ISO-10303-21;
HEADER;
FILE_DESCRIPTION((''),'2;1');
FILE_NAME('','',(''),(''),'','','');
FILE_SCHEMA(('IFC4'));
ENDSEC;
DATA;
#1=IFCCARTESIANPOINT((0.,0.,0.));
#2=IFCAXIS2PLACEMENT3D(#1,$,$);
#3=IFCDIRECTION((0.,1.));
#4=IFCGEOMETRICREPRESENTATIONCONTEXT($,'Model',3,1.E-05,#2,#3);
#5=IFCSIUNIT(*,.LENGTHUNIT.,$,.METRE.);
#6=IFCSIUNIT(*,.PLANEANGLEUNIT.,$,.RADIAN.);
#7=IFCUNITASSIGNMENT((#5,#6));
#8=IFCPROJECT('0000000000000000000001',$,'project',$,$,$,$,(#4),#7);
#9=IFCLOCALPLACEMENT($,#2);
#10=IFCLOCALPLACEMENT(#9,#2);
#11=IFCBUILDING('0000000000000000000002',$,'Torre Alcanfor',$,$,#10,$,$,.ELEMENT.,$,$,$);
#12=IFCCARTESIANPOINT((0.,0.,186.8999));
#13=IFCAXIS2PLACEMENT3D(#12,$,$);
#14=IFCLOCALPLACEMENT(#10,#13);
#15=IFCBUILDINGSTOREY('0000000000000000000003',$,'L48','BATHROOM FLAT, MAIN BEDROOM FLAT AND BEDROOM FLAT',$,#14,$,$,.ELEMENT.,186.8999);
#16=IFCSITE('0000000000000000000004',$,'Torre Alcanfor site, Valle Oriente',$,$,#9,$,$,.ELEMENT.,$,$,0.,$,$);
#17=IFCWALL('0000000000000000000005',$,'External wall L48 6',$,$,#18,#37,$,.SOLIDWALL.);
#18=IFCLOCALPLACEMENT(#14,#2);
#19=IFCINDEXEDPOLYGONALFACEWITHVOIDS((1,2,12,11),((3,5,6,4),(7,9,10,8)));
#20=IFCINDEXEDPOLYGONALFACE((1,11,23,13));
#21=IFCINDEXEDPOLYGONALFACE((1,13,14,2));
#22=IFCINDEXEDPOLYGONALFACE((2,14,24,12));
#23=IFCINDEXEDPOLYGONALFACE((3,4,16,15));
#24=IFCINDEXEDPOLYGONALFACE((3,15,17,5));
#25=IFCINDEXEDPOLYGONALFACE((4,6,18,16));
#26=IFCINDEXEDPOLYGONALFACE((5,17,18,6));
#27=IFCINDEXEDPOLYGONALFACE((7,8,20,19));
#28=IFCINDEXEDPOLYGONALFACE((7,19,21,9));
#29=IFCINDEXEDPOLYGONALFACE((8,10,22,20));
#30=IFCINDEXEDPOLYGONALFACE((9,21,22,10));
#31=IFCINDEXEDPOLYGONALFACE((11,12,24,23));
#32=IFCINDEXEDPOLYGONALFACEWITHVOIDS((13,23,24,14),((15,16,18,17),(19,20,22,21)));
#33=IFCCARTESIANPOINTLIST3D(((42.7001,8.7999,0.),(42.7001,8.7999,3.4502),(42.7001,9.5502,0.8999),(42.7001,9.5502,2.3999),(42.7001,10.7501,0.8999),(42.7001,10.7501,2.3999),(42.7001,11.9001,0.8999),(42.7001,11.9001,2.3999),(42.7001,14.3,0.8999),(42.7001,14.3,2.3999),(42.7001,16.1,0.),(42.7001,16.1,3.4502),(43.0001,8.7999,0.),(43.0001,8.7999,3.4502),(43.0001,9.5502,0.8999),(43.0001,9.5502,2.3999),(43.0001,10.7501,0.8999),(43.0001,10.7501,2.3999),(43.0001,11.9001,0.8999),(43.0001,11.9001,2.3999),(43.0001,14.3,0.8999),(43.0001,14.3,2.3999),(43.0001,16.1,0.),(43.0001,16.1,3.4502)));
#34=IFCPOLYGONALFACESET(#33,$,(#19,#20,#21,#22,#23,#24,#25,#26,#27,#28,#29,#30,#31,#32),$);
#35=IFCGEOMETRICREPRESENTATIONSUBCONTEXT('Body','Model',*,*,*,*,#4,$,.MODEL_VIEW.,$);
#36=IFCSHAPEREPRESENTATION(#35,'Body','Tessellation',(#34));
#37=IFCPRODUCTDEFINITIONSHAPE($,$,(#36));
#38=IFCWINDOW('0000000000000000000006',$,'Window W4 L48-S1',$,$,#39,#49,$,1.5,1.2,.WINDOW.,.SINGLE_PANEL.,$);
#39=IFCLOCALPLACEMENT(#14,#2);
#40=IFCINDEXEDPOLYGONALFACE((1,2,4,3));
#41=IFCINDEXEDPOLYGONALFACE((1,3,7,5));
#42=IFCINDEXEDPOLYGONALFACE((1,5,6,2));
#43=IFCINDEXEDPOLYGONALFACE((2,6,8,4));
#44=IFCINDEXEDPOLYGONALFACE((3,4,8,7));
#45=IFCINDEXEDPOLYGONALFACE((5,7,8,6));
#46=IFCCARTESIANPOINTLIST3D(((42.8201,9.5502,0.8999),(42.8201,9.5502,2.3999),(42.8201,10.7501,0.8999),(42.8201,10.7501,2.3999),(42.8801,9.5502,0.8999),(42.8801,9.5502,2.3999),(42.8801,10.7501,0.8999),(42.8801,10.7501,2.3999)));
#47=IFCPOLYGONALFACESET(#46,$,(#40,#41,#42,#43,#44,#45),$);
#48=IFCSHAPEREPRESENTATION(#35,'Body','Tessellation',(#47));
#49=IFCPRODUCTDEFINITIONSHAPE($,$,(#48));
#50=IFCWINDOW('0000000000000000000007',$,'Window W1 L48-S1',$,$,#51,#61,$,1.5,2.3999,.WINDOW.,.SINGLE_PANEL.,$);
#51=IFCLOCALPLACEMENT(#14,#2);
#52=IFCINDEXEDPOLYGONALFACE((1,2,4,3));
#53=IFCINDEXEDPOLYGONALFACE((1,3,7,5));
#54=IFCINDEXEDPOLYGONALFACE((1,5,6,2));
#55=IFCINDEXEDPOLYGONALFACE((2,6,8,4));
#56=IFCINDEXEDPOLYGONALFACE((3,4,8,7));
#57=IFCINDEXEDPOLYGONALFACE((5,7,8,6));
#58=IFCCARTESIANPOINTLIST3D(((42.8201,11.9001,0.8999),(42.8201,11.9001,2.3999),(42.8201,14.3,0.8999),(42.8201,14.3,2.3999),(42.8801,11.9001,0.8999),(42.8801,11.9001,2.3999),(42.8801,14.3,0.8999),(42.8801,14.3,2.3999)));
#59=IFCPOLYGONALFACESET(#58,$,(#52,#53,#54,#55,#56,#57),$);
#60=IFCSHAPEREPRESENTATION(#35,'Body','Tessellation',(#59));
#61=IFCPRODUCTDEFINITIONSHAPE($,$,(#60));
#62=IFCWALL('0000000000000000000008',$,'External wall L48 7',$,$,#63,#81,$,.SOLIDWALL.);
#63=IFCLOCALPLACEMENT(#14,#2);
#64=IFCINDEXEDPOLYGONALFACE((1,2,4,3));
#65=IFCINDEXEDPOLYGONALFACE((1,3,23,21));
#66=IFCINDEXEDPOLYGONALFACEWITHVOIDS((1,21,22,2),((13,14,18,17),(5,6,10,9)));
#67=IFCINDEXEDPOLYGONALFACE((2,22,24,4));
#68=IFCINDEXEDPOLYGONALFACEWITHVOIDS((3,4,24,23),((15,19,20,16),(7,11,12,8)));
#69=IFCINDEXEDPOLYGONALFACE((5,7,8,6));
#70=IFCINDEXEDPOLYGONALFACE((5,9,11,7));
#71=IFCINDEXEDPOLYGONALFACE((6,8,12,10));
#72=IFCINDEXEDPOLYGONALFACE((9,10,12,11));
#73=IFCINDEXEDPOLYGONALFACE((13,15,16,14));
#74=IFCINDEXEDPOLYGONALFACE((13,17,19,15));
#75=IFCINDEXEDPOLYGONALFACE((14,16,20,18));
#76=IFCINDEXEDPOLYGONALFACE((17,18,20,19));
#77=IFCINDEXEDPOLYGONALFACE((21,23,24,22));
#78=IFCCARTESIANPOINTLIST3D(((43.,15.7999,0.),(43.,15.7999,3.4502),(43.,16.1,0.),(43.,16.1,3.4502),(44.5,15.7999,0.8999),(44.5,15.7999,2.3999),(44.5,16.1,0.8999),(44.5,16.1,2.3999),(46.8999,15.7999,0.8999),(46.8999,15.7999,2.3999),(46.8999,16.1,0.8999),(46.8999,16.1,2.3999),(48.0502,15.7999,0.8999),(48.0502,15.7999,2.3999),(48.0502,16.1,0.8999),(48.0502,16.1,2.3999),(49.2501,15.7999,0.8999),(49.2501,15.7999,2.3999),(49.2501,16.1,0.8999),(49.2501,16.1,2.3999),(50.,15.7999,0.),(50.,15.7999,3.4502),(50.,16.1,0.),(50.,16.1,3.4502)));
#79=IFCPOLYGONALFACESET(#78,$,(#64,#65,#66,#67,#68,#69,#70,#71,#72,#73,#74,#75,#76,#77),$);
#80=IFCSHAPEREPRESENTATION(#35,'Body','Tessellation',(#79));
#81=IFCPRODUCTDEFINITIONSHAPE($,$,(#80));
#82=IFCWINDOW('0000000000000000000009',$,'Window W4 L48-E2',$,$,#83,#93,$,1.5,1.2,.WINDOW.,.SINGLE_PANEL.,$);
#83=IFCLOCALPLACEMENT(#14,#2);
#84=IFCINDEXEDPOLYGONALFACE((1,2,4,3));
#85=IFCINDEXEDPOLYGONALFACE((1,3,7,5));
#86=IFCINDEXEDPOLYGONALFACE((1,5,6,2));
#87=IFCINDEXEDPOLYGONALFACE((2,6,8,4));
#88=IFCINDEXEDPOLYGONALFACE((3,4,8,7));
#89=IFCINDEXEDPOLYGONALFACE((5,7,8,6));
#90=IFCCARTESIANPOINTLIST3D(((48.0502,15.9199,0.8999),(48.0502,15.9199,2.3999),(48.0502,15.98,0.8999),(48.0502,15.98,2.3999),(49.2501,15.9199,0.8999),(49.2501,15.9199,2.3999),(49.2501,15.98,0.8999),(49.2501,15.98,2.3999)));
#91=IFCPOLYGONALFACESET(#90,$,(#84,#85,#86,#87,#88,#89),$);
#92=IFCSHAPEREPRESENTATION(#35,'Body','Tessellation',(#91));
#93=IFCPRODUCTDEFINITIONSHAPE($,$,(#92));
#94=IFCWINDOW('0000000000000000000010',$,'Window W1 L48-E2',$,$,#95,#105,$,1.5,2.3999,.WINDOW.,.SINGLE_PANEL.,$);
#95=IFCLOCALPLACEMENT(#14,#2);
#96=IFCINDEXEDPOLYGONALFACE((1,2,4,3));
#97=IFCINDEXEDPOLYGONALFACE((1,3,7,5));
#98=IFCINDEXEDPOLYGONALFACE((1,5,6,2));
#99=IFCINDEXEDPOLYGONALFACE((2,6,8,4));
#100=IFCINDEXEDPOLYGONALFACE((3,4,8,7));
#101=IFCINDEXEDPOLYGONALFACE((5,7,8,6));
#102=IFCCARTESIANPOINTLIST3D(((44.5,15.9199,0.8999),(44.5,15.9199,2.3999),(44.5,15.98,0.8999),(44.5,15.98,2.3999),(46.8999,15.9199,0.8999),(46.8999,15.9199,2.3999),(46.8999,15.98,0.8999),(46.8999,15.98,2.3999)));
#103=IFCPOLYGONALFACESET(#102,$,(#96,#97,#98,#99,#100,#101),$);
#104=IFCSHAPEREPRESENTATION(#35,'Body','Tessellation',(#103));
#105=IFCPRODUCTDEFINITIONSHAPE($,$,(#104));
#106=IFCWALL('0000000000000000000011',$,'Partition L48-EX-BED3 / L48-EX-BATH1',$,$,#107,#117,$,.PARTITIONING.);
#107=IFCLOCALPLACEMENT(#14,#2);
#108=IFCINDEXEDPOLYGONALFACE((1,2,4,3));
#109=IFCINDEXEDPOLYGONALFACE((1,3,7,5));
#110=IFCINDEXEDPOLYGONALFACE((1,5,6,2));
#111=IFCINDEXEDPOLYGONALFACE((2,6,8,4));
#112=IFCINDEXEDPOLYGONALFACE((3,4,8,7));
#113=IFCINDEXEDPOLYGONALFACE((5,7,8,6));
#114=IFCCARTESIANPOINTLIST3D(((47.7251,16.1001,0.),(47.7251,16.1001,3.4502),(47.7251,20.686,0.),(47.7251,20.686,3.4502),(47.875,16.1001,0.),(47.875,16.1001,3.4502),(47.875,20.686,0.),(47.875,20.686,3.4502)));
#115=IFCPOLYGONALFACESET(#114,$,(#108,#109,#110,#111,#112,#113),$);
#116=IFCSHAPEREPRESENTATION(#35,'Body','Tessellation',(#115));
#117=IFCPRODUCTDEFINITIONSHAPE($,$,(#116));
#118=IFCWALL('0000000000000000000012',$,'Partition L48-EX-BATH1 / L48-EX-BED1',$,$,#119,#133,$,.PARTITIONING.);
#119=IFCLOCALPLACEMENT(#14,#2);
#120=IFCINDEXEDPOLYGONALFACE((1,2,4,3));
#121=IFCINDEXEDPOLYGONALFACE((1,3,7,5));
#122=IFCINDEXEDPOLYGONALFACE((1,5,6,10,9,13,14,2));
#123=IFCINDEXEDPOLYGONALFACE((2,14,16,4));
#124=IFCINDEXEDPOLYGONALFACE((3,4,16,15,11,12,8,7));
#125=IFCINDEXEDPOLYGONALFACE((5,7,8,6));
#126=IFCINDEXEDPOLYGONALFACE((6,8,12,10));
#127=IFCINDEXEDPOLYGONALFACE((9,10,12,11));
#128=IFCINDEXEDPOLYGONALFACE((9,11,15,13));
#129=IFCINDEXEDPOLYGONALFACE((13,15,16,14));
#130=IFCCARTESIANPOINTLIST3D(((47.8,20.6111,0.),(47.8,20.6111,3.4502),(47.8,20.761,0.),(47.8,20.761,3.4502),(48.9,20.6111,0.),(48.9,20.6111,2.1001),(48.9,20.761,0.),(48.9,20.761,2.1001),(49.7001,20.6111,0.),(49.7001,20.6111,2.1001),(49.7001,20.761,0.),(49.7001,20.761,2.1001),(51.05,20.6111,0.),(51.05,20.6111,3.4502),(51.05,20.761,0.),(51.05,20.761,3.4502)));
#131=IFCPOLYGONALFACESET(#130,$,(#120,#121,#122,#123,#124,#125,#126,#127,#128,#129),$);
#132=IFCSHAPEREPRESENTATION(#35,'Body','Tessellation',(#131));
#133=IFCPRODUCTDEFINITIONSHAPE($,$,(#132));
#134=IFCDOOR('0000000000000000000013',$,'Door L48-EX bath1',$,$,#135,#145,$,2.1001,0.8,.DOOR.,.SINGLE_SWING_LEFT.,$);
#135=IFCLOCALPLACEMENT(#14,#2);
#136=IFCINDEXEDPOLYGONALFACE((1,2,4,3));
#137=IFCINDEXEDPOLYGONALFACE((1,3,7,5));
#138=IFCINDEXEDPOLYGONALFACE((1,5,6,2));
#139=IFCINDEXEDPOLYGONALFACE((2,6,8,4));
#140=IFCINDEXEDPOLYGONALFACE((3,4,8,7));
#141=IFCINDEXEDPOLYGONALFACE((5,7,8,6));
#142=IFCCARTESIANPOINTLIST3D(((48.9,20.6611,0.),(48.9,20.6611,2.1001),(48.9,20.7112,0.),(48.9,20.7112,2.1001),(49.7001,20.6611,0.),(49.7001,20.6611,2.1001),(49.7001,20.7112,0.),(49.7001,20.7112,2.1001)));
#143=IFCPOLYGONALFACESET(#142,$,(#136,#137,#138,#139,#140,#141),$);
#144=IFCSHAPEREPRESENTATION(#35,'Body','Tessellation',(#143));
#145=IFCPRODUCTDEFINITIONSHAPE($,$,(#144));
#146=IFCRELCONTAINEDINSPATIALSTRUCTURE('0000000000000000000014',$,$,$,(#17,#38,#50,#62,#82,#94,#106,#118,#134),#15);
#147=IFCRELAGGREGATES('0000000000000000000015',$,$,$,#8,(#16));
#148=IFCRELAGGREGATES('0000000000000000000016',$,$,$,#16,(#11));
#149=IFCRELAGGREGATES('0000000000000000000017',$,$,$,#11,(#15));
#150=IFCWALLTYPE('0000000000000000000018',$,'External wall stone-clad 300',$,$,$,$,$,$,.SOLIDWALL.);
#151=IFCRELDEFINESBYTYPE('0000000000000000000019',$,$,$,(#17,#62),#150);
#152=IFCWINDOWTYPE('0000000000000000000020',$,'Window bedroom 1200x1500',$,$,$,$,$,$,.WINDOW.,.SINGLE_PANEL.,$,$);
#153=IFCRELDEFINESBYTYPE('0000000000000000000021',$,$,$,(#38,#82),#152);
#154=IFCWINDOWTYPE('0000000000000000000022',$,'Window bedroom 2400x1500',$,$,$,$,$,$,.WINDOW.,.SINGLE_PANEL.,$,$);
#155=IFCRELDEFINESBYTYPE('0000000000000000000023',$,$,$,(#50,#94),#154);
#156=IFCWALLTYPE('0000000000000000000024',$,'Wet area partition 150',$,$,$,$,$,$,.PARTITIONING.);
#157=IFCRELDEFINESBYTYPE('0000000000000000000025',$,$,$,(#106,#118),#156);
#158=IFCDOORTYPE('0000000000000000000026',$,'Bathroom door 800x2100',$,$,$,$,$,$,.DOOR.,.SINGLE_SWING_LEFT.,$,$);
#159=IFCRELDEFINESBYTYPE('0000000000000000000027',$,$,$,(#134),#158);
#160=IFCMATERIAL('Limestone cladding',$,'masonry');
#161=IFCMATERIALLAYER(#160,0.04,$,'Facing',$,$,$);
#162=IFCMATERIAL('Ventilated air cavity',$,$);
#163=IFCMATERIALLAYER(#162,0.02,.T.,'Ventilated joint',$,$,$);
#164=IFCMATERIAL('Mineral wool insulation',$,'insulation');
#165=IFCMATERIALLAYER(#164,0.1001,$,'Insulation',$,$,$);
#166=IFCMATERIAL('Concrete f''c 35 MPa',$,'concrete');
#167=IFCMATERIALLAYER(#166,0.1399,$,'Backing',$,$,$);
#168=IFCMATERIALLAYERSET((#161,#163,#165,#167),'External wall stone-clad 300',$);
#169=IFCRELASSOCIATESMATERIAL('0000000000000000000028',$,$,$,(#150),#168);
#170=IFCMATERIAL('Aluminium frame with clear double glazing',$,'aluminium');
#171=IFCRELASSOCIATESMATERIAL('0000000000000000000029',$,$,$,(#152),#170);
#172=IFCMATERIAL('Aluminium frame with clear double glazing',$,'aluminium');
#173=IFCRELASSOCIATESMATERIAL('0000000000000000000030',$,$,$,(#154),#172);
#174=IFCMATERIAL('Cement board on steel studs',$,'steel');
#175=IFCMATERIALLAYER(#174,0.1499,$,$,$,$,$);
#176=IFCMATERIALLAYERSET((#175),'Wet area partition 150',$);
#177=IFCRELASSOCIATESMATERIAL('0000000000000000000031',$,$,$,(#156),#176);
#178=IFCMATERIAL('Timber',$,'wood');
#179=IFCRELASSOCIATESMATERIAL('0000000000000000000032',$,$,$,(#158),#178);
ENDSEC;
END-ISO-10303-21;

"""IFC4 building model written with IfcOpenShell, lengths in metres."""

from ifc_helpers import new_model, si_unit, direction, frame, frame_2d, origin, place, context, subcontext, project, spatial, rectangle, extrude, material, layer, layer_set, type_object, element, fill, save


model = new_model("IFC4")

# Units and contexts
model_context = context("Model", 3, precision=1e-05, world=origin(), true_north=direction((0.0, 1.0)))
body_context = subcontext(model_context, "Body", "Model", "MODEL_VIEW")
ifc_project = project(units=[si_unit("LENGTHUNIT", "METRE"), si_unit("PLANEANGLEUNIT", "RADIAN")], contexts=[model_context])

# Site, building, storey
site_placement = place(None, origin())
site = spatial("IfcSite", under=ifc_project, at=site_placement, Name="Torre Alcanfor site, Valle Oriente", CompositionType="ELEMENT", RefElevation=0.0)
building_placement = place(site_placement, origin())
building = spatial("IfcBuilding", under=site, at=building_placement, Name="Torre Alcanfor", CompositionType="ELEMENT")
storey_placement = place(building_placement, frame((0.0, 0.0, 186.8999)))
storey = spatial("IfcBuildingStorey", under=building, at=storey_placement, Name="L48", Description="BATHROOM FLAT, MAIN BEDROOM FLAT AND BEDROOM FLAT", CompositionType="ELEMENT", Elevation=186.8999)

# Walls, openings, windows
ifc_material_1 = material(Name="Limestone cladding", Category="masonry")
ifc_layer_1 = layer(ifc_material_1, 0.04, Name="Facing")
ifc_material_2 = material(Name="Ventilated air cavity")
ifc_layer_2 = layer(ifc_material_2, 0.02, ventilated=True, Name="Ventilated joint")
ifc_material_3 = material(Name="Mineral wool insulation", Category="insulation")
ifc_layer_3 = layer(ifc_material_3, 0.1001, Name="Insulation")
ifc_material_4 = material(Name="Concrete f'c 35 MPa", Category="concrete")
ifc_layer_4 = layer(ifc_material_4, 0.1399, Name="Backing")
ifc_layer_set_1 = layer_set([ifc_layer_1, ifc_layer_2, ifc_layer_3, ifc_layer_4], Name="External wall stone-clad 300")
wall_type_1 = type_object("IfcWallType", Name="External wall stone-clad 300", PredefinedType="SOLIDWALL", material=ifc_layer_set_1)
wall_1_placement = place(storey_placement, frame((42.8501, 8.8, 0.0), z_axis=(0.0, 0.0, 1.0), x_axis=(0.0, 1.0, 0.0)))
wall_1 = element("IfcWall", 1, at=wall_1_placement, inside=storey, type_object=wall_type_1, Name="External wall L48 6", PredefinedType="SOLIDWALL", context=body_context, shape_type="SweptSolid", body=[
    extrude(rectangle(XDim=7.3, YDim=0.3, at=frame_2d((3.6499, 0.0))), origin(), (0.0, 0.0, 1.0), 3.4502),
])
opening_1_placement = place(wall_1_placement, frame((3.1001, 0.0, 0.8999)))
opening_1 = element("IfcOpeningElement", 2, at=opening_1_placement, cuts=wall_1, PredefinedType="OPENING", context=body_context, shape_type="SweptSolid", body=[
    extrude(rectangle(XDim=2.3999, YDim=1.5, at=frame_2d((1.2, 0.75))), frame((0.0, 0.1599, 0.0), z_axis=(0.0, -1.0, 0.0), x_axis=(1.0, 0.0, 0.0)), (0.0, 0.0, 1.0), 0.3201),
])
opening_2_placement = place(wall_1_placement, frame((0.75, 0.0, 0.8999)))
opening_2 = element("IfcOpeningElement", 3, at=opening_2_placement, cuts=wall_1, PredefinedType="OPENING", context=body_context, shape_type="SweptSolid", body=[
    extrude(rectangle(XDim=1.2, YDim=1.5, at=frame_2d((0.6001, 0.75))), frame((0.0, 0.1599, 0.0), z_axis=(0.0, -1.0, 0.0), x_axis=(1.0, 0.0, 0.0)), (0.0, 0.0, 1.0), 0.3201),
])
ifc_material_5 = material(Name="Aluminium frame with clear double glazing", Category="aluminium")
window_type_1 = type_object("IfcWindowType", Name="Window bedroom 1200x1500", PartitioningType="SINGLE_PANEL", PredefinedType="WINDOW", material=ifc_material_5)
window_1_placement = place(opening_2_placement, origin())
window_1 = element("IfcWindow", 4, at=window_1_placement, inside=storey, type_object=window_type_1, Name="Window W4 L48-S1", OverallHeight=1.5, OverallWidth=1.2, PartitioningType="SINGLE_PANEL", PredefinedType="WINDOW", context=body_context, shape_type="SweptSolid", body=[
    extrude(rectangle(XDim=1.2, YDim=1.5, at=frame_2d((0.6001, 0.75))), frame((0.0, 0.03, 0.0), z_axis=(0.0, -1.0, 0.0), x_axis=(1.0, 0.0, 0.0)), (0.0, 0.0, 1.0), 0.0601),
])
fill(opening_2, window_1)
ifc_material_6 = material(Name="Aluminium frame with clear double glazing", Category="aluminium")
window_type_2 = type_object("IfcWindowType", Name="Window bedroom 2400x1500", PartitioningType="SINGLE_PANEL", PredefinedType="WINDOW", material=ifc_material_6)
window_2_placement = place(opening_1_placement, origin())
window_2 = element("IfcWindow", 5, at=window_2_placement, inside=storey, type_object=window_type_2, Name="Window W1 L48-S1", OverallHeight=1.5, OverallWidth=2.3999, PartitioningType="SINGLE_PANEL", PredefinedType="WINDOW", context=body_context, shape_type="SweptSolid", body=[
    extrude(rectangle(XDim=2.3999, YDim=1.5, at=frame_2d((1.2, 0.75))), frame((0.0, 0.03, 0.0), z_axis=(0.0, -1.0, 0.0), x_axis=(1.0, 0.0, 0.0)), (0.0, 0.0, 1.0), 0.0601),
])
fill(opening_1, window_2)
wall_2_placement = place(storey_placement, frame((43.0, 15.95, 0.0), z_axis=(0.0, 0.0, 1.0), x_axis=(1.0, 0.0, 0.0)))
wall_2 = element("IfcWall", 6, at=wall_2_placement, inside=storey, type_object=wall_type_1, Name="External wall L48 7", PredefinedType="SOLIDWALL", context=body_context, shape_type="SweptSolid", body=[
    extrude(rectangle(XDim=7.0, YDim=0.3, at=frame_2d((3.5, 0.0))), origin(), (0.0, 0.0, 1.0), 3.4502),
])
opening_3_placement = place(wall_2_placement, frame((1.5, 0.0, 0.8999)))
opening_3 = element("IfcOpeningElement", 7, at=opening_3_placement, cuts=wall_2, PredefinedType="OPENING", context=body_context, shape_type="SweptSolid", body=[
    extrude(rectangle(XDim=2.3999, YDim=1.5, at=frame_2d((1.2, 0.75))), frame((0.0, 0.1599, 0.0), z_axis=(0.0, -1.0, 0.0), x_axis=(1.0, 0.0, 0.0)), (0.0, 0.0, 1.0), 0.3201),
])
opening_4_placement = place(wall_2_placement, frame((5.05, 0.0, 0.8999)))
opening_4 = element("IfcOpeningElement", 8, at=opening_4_placement, cuts=wall_2, PredefinedType="OPENING", context=body_context, shape_type="SweptSolid", body=[
    extrude(rectangle(XDim=1.2, YDim=1.5, at=frame_2d((0.6001, 0.75))), frame((0.0, 0.1599, 0.0), z_axis=(0.0, -1.0, 0.0), x_axis=(1.0, 0.0, 0.0)), (0.0, 0.0, 1.0), 0.3201),
])
window_3_placement = place(opening_4_placement, origin())
window_3 = element("IfcWindow", 9, at=window_3_placement, inside=storey, type_object=window_type_1, Name="Window W4 L48-E2", OverallHeight=1.5, OverallWidth=1.2, PartitioningType="SINGLE_PANEL", PredefinedType="WINDOW", context=body_context, shape_type="SweptSolid", body=[
    extrude(rectangle(XDim=1.2, YDim=1.5, at=frame_2d((0.6001, 0.75))), frame((0.0, 0.03, 0.0), z_axis=(0.0, -1.0, 0.0), x_axis=(1.0, 0.0, 0.0)), (0.0, 0.0, 1.0), 0.0601),
])
fill(opening_4, window_3)
window_4_placement = place(opening_3_placement, origin())
window_4 = element("IfcWindow", 10, at=window_4_placement, inside=storey, type_object=window_type_2, Name="Window W1 L48-E2", OverallHeight=1.5, OverallWidth=2.3999, PartitioningType="SINGLE_PANEL", PredefinedType="WINDOW", context=body_context, shape_type="SweptSolid", body=[
    extrude(rectangle(XDim=2.3999, YDim=1.5, at=frame_2d((1.2, 0.75))), frame((0.0, 0.03, 0.0), z_axis=(0.0, -1.0, 0.0), x_axis=(1.0, 0.0, 0.0)), (0.0, 0.0, 1.0), 0.0601),
])
fill(opening_3, window_4)

# Wall
ifc_material_7 = material(Name="Cement board on steel studs", Category="steel")
ifc_layer_5 = layer(ifc_material_7, 0.1499)
ifc_layer_set_2 = layer_set([ifc_layer_5], Name="Wet area partition 150")
wall_type_2 = type_object("IfcWallType", Name="Wet area partition 150", PredefinedType="PARTITIONING", material=ifc_layer_set_2)
wall_3_placement = place(storey_placement, frame((47.8, 16.1001, 0.0), z_axis=(0.0, 0.0, 1.0), x_axis=(0.0, 1.0, 0.0)))
element("IfcWall", 11, at=wall_3_placement, inside=storey, type_object=wall_type_2, Name="Partition L48-EX-BED3 / L48-EX-BATH1", PredefinedType="PARTITIONING", context=body_context, shape_type="SweptSolid", body=[
    extrude(rectangle(XDim=4.5859, YDim=0.1499, at=frame_2d((2.293, 0.0))), origin(), (0.0, 0.0, 1.0), 3.4502),
])

# Wall, opening, door
wall_4_placement = place(storey_placement, frame((51.05, 20.686, 0.0), z_axis=(0.0, 0.0, 1.0), x_axis=(-1.0, 0.0, 0.0)))
wall_4 = element("IfcWall", 12, at=wall_4_placement, inside=storey, type_object=wall_type_2, Name="Partition L48-EX-BATH1 / L48-EX-BED1", PredefinedType="PARTITIONING", context=body_context, shape_type="SweptSolid", body=[
    extrude(rectangle(XDim=3.25, YDim=0.1499, at=frame_2d((1.625, 0.0))), origin(), (0.0, 0.0, 1.0), 3.4502),
])
opening_5_placement = place(wall_4_placement, frame((1.3501, 0.0, 0.0)))
opening_5 = element("IfcOpeningElement", 13, at=opening_5_placement, cuts=wall_4, PredefinedType="OPENING", context=body_context, shape_type="SweptSolid", body=[
    extrude(rectangle(XDim=0.8, YDim=2.1001, at=frame_2d((0.3999, 1.05))), frame((0.0, 0.085, 0.0), z_axis=(0.0, -1.0, 0.0), x_axis=(1.0, 0.0, 0.0)), (0.0, 0.0, 1.0), 0.1699),
])
ifc_material_8 = material(Name="Timber", Category="wood")
door_type = type_object("IfcDoorType", Name="Bathroom door 800x2100", OperationType="SINGLE_SWING_LEFT", PredefinedType="DOOR", material=ifc_material_8)
door_placement = place(opening_5_placement, frame((0.8, 0.0, 0.0), z_axis=(0.0, 0.0, 1.0), x_axis=(-1.0, 0.0, 0.0)))
door = element("IfcDoor", 14, at=door_placement, inside=storey, type_object=door_type, Name="Door L48-EX bath1", OperationType="SINGLE_SWING_LEFT", OverallHeight=2.1001, OverallWidth=0.8, PredefinedType="DOOR", context=body_context, shape_type="SweptSolid", body=[
    extrude(rectangle(XDim=0.8, YDim=2.1001, at=frame_2d((0.4001, 1.05))), frame((0.0, 0.0251, 0.0), z_axis=(0.0, -1.0, 0.0), x_axis=(1.0, 0.0, 0.0)), (0.0, 0.0, 1.0), 0.05),
])
fill(opening_5, door)

save(model, "model.ifc")
